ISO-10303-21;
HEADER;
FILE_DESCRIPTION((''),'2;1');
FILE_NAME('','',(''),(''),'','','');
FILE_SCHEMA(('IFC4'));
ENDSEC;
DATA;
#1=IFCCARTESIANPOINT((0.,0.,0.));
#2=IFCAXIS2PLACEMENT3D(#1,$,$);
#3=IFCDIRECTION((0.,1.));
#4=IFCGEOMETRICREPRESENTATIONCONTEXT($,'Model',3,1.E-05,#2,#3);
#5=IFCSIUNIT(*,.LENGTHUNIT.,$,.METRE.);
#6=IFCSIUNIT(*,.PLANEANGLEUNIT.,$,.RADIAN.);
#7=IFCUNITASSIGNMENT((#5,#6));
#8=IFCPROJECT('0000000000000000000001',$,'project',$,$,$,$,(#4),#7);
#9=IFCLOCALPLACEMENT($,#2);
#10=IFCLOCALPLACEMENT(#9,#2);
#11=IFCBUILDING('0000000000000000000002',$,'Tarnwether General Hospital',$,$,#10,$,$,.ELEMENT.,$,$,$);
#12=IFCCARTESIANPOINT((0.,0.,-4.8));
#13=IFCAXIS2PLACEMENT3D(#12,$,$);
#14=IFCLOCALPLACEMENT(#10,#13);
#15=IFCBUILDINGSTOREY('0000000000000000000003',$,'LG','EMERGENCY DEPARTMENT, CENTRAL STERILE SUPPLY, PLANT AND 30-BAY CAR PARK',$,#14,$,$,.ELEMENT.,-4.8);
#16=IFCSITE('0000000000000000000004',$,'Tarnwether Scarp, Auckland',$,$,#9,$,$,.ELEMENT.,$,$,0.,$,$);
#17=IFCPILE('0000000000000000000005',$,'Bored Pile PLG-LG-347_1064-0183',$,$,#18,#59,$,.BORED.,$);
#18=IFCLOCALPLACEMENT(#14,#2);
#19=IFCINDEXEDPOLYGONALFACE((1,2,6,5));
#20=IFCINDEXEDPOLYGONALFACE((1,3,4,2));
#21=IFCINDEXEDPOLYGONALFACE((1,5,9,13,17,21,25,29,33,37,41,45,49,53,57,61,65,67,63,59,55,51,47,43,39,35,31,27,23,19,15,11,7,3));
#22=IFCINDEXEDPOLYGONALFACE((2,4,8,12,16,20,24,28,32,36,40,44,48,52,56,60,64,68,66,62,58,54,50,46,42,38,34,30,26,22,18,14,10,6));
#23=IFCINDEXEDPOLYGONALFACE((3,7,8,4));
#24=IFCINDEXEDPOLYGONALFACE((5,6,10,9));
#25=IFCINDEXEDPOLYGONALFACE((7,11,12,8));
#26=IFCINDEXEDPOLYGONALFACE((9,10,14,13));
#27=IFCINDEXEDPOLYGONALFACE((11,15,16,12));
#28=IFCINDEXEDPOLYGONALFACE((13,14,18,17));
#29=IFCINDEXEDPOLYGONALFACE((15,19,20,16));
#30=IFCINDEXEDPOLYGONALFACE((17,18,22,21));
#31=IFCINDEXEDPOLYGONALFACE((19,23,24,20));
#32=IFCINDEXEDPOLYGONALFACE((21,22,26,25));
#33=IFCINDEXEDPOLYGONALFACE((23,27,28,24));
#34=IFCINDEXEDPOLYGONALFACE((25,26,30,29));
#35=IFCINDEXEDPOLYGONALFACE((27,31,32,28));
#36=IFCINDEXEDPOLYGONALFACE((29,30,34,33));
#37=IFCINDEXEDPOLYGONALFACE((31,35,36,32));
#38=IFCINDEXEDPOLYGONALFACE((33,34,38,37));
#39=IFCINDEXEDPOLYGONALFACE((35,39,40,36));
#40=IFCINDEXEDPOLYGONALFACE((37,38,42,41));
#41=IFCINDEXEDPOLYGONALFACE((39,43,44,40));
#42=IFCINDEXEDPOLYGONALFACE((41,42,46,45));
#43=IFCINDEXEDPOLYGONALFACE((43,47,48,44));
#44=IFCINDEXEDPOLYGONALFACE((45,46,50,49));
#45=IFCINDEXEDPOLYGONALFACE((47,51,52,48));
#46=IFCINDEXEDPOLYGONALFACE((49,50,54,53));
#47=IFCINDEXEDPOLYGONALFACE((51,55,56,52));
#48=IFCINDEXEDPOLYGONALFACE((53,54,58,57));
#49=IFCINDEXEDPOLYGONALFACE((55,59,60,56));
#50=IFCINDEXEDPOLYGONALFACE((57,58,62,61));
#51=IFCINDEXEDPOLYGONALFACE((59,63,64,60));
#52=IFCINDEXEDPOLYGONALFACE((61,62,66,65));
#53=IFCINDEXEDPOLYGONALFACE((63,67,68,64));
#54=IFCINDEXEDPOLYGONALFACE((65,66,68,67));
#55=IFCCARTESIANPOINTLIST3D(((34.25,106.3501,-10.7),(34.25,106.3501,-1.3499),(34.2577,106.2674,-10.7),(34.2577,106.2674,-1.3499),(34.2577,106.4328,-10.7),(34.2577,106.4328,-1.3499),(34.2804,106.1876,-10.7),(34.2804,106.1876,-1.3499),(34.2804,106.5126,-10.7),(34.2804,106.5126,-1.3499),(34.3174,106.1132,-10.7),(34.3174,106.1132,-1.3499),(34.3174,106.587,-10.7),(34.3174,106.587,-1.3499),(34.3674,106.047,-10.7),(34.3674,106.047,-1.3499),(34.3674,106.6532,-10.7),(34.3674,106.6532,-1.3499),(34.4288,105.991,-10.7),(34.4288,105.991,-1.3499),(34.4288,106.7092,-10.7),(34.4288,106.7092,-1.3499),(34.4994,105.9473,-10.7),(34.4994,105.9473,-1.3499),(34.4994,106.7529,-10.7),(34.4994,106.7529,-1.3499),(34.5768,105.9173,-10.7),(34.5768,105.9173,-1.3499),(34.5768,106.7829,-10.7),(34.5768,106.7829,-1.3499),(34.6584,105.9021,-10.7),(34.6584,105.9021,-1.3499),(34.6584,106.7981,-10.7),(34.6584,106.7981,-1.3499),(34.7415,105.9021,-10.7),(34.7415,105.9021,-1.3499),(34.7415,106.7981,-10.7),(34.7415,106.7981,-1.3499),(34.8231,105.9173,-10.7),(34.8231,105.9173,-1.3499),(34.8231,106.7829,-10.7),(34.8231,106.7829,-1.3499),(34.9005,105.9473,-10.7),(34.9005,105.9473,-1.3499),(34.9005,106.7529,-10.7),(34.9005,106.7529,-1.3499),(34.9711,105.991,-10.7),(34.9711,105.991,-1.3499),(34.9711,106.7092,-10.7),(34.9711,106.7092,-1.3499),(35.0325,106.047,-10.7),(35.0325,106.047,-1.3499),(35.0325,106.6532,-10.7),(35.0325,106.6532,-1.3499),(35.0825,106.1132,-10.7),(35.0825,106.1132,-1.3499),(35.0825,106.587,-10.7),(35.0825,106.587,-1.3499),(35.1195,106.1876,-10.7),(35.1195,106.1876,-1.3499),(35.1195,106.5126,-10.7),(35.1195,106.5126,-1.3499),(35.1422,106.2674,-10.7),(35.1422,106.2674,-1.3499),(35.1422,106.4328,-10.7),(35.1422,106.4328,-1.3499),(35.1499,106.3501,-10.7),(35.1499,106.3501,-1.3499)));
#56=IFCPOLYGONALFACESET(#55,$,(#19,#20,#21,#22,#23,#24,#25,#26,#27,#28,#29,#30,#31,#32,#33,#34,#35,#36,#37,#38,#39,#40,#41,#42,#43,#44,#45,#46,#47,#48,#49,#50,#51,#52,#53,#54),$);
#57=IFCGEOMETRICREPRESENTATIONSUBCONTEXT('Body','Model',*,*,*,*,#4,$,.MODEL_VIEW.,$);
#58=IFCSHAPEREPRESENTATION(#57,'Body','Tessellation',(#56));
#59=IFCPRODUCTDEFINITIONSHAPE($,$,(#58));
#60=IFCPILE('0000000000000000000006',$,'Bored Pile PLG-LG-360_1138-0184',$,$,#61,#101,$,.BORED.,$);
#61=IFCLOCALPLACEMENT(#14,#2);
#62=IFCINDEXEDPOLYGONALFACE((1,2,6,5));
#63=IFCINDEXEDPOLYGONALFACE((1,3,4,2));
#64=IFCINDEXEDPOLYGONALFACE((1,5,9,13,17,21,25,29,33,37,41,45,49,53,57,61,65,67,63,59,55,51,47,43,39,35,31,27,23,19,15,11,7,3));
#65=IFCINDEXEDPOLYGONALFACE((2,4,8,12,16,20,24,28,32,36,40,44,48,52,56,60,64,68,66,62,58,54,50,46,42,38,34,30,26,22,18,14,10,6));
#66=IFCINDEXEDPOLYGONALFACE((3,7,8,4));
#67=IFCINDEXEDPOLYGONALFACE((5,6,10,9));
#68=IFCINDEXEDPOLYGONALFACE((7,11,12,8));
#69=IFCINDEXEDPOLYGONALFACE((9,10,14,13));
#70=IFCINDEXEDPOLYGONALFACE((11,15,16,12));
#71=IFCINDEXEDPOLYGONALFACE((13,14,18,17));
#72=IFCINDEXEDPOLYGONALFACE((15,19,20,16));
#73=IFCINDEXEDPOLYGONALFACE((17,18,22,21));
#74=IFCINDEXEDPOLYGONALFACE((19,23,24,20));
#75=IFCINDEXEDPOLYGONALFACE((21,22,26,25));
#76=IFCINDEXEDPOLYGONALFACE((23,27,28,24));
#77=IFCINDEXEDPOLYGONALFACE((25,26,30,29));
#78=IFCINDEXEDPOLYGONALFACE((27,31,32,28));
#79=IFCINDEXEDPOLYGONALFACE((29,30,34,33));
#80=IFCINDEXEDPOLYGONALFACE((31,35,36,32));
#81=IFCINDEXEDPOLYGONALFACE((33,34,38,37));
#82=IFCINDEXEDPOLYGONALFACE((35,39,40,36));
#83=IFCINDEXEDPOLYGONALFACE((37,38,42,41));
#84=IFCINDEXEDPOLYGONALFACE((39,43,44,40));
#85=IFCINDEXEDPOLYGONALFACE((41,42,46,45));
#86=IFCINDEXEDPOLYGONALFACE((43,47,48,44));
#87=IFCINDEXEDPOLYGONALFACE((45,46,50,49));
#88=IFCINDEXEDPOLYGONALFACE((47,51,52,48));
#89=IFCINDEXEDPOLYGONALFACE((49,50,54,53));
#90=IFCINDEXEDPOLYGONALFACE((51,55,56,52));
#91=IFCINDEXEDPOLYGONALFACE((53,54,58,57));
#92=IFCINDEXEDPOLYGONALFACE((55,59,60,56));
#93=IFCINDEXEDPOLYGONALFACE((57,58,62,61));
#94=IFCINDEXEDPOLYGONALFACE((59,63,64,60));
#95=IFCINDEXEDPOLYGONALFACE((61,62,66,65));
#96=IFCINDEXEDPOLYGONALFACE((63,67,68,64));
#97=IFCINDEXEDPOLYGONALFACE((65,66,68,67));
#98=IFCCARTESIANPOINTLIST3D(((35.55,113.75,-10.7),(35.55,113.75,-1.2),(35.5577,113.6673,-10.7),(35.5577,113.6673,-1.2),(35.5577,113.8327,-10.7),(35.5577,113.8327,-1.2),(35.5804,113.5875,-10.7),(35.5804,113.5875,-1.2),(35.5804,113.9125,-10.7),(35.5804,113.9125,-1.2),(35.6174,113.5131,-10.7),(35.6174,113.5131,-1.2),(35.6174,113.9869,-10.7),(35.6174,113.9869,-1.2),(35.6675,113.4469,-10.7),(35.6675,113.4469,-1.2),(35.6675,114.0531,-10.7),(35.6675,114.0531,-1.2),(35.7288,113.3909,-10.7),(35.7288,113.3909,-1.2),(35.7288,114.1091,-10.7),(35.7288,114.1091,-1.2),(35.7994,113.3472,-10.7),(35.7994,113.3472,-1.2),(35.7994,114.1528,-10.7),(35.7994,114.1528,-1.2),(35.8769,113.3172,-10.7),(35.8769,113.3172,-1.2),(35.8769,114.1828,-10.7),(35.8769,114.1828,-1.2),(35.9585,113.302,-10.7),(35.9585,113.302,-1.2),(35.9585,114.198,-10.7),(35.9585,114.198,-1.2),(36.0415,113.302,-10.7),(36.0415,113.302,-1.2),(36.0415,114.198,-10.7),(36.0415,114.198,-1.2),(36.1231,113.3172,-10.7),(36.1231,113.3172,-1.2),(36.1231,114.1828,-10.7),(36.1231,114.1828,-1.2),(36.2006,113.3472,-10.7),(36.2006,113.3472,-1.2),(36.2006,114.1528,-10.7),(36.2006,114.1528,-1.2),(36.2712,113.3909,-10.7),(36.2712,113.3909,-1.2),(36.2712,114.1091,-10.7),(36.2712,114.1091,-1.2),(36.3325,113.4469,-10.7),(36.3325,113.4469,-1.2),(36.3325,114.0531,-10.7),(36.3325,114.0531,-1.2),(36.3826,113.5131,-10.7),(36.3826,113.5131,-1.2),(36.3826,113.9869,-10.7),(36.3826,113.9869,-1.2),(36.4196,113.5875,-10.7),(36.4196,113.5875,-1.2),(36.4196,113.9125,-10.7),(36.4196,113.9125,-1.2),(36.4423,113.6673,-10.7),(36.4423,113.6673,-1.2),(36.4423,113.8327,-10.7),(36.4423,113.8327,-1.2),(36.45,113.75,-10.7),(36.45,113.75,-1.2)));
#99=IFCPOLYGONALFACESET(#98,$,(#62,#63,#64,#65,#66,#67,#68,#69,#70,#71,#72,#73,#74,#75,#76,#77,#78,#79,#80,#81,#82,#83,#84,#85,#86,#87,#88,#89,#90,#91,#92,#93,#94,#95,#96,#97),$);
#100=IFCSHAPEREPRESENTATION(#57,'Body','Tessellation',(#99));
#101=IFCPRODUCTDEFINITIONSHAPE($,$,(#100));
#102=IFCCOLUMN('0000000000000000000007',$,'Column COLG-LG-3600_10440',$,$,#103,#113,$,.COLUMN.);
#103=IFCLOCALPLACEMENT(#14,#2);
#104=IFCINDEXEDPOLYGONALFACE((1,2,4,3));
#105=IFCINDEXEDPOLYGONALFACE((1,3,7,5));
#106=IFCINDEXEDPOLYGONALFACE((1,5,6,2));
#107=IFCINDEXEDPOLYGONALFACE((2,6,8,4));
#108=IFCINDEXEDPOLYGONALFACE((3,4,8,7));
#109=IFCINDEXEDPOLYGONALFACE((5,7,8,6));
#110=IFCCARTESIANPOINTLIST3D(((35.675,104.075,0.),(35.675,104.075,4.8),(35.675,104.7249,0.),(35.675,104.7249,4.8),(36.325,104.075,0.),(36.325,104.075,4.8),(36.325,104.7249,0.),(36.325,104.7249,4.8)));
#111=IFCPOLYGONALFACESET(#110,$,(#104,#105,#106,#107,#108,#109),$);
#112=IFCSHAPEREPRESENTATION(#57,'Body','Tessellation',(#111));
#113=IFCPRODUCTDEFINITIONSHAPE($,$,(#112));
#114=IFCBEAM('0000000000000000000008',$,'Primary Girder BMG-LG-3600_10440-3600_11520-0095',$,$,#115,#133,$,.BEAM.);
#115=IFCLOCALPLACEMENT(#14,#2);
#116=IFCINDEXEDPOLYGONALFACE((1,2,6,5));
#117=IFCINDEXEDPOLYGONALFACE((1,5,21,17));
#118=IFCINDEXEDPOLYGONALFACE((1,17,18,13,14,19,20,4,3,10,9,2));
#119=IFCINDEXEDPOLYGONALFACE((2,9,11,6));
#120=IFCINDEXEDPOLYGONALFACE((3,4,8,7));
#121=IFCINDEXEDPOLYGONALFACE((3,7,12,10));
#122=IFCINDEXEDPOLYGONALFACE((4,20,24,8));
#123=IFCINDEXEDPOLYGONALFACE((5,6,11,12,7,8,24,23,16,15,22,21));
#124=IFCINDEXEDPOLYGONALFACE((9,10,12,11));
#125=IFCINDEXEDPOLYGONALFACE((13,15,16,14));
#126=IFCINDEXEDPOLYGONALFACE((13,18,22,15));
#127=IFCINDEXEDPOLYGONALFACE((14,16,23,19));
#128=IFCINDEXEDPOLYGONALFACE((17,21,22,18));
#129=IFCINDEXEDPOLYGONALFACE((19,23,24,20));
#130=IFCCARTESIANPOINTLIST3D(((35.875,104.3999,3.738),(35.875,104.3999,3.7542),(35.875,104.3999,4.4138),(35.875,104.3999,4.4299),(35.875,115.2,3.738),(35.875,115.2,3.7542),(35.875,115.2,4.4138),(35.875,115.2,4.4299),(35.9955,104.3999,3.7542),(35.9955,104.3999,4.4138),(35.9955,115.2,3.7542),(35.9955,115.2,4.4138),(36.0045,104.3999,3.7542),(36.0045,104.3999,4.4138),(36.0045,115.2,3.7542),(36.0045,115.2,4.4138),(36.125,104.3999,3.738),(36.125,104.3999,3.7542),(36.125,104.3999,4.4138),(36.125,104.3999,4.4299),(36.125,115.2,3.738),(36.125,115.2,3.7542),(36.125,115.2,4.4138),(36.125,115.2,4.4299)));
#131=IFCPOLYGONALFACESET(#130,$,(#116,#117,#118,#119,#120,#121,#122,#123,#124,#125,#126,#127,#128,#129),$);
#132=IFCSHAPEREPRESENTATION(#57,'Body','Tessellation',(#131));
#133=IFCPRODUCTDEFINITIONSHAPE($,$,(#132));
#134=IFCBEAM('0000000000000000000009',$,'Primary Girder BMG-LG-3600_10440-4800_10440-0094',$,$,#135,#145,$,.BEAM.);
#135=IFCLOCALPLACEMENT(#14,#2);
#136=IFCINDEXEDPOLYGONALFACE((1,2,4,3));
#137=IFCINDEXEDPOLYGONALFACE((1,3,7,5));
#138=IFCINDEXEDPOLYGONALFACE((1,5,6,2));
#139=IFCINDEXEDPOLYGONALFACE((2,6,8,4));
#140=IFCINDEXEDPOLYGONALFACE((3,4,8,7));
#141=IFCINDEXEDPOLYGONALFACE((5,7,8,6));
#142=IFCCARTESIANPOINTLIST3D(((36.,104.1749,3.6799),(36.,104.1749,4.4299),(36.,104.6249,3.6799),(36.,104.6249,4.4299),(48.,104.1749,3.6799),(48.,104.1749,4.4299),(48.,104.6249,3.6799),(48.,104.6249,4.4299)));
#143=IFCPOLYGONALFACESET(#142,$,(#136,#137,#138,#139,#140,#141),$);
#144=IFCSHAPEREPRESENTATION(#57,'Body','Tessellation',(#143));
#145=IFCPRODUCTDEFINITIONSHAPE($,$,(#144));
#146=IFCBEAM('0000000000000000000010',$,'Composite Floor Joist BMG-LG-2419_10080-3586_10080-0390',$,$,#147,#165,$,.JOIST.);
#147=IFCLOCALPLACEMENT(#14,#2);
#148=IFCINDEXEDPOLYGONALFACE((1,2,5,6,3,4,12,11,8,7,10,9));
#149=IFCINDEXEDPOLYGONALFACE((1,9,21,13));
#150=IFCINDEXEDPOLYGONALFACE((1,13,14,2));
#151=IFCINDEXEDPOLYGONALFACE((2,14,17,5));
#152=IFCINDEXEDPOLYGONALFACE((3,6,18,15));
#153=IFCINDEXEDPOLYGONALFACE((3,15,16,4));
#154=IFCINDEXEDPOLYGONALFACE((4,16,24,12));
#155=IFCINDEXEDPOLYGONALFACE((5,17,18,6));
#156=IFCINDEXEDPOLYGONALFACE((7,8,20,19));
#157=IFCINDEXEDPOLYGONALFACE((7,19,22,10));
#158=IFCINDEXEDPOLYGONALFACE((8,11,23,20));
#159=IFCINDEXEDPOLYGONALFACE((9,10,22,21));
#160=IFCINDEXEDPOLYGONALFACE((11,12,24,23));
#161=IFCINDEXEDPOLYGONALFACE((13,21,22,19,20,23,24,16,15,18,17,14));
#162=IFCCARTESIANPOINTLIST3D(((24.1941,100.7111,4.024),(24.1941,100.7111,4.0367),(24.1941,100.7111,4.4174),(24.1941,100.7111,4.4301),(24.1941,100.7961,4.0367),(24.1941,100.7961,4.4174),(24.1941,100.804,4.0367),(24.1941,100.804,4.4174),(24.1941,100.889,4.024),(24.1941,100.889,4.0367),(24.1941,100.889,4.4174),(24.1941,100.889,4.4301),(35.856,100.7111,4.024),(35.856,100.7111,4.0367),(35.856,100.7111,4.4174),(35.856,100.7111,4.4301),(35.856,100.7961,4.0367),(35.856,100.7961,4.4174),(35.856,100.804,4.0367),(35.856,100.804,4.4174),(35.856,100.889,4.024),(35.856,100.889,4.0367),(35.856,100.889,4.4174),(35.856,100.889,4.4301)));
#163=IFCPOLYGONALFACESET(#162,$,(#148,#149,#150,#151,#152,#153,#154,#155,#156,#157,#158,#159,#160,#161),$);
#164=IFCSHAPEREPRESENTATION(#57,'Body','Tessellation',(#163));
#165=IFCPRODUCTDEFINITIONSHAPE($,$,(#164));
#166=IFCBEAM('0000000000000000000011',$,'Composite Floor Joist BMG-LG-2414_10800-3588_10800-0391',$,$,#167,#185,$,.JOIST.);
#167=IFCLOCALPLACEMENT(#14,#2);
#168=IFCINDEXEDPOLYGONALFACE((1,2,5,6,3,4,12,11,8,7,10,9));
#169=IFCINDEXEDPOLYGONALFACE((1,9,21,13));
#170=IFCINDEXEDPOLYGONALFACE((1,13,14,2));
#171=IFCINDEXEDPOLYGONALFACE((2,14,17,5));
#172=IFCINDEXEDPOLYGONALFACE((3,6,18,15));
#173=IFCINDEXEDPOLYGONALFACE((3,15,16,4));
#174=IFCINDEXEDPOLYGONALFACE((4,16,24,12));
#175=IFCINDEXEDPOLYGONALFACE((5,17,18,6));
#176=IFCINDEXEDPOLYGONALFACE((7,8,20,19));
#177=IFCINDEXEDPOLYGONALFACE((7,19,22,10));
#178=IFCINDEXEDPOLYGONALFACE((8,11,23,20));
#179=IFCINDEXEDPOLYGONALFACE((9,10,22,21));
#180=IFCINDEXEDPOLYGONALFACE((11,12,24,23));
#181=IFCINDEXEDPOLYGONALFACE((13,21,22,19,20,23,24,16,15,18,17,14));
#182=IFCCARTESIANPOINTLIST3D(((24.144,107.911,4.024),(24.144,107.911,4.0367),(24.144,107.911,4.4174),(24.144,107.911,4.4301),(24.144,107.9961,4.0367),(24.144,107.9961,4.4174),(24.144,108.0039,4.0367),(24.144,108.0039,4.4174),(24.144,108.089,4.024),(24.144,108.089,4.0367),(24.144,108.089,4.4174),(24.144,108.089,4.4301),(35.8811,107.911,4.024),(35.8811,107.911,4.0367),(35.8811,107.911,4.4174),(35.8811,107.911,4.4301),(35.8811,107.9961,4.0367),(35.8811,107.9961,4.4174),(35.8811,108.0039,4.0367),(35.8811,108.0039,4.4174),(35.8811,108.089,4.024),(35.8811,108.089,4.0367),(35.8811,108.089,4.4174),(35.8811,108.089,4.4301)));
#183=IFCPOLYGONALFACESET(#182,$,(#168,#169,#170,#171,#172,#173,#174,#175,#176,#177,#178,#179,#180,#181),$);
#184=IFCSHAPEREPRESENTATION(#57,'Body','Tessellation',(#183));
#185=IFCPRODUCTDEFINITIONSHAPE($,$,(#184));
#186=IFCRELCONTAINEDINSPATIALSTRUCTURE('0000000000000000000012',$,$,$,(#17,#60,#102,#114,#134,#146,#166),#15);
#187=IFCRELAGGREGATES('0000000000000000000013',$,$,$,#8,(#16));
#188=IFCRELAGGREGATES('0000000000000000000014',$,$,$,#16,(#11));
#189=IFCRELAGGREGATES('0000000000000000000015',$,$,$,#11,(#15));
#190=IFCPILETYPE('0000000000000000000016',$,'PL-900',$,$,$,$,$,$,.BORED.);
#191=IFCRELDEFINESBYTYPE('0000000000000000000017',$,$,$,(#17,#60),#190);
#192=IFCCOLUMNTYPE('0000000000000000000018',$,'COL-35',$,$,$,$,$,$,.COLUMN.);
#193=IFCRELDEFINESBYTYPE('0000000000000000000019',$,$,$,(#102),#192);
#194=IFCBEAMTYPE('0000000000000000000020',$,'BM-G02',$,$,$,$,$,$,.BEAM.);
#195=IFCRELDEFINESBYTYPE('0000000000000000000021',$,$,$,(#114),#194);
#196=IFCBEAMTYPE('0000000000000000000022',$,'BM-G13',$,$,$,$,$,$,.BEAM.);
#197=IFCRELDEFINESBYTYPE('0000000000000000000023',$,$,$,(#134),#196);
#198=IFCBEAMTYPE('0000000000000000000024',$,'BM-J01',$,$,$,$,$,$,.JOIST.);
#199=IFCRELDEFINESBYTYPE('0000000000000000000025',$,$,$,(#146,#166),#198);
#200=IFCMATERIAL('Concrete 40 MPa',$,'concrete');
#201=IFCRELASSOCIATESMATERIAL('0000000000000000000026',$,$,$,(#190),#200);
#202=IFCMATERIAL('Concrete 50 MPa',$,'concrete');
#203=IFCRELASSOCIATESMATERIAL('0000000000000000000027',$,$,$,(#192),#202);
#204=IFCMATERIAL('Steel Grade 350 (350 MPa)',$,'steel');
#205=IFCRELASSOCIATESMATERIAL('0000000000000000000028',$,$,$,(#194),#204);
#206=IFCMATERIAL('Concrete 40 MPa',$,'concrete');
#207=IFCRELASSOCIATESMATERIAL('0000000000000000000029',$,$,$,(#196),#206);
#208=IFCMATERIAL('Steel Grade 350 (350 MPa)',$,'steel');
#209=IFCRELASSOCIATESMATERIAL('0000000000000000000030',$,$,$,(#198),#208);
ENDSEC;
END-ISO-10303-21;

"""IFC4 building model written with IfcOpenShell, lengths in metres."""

from ifc_helpers import new_model, si_unit, direction, frame, origin, origin_2d, place, context, subcontext, project, spatial, rectangle, circle, i_section, extrude, material, material_profile, profile_set, type_object, element, save


model = new_model("IFC4")

# Units and contexts
model_context = context("Model", 3, precision=1e-05, world=origin(), true_north=direction((0.0, 1.0)))
body_context = subcontext(model_context, "Body", "Model", "MODEL_VIEW")
ifc_project = project(units=[si_unit("LENGTHUNIT", "METRE"), si_unit("PLANEANGLEUNIT", "RADIAN")], contexts=[model_context])

# Site, building, storey
site_placement = place(None, origin())
site = spatial("IfcSite", under=ifc_project, at=site_placement, Name="Tarnwether Scarp, Auckland", CompositionType="ELEMENT", RefElevation=0.0)
building_placement = place(site_placement, origin())
building = spatial("IfcBuilding", under=site, at=building_placement, Name="Tarnwether General Hospital", CompositionType="ELEMENT")
storey_placement = place(building_placement, frame((0.0, 0.0, -4.8)))
storey = spatial("IfcBuildingStorey", under=building, at=storey_placement, Name="LG", Description="EMERGENCY DEPARTMENT, CENTRAL STERILE SUPPLY, PLANT AND 30-BAY CAR PARK", CompositionType="ELEMENT", Elevation=-4.8)

# Piles
ifc_material_1 = material(Name="Concrete 40 MPa", Category="concrete")
ifc_material_profile_1 = material_profile(ifc_material_1, circle(Radius=0.45, at=origin_2d()), Name="PILE-D900")
ifc_profile_set_1 = profile_set([ifc_material_profile_1], Name="Concrete 40 MPa")
pile_type_1 = type_object("IfcPileType", Name="PL-900", PredefinedType="BORED", material=ifc_profile_set_1)
for number, where, z_axis, x_axis, name in (
    (1, (34.7, 106.3501, -1.3499), (0.0, 0.0, -1.0), (1.0, 0.0, 0.0), "Bored Pile PLG-LG-347_1064-0183"),
):
    element("IfcPile", number, at=place(storey_placement, frame(where, z_axis=z_axis, x_axis=x_axis)), inside=storey, type_object=pile_type_1, Name=name, PredefinedType="BORED", context=body_context, shape_type="SweptSolid", body=[
        extrude(circle(Radius=0.45, at=origin_2d()), origin(), (0.0, 0.0, 1.0), 9.3501),
    ])
pile_1_placement = place(storey_placement, frame((36.0, 113.75, -1.2), z_axis=(0.0, 0.0, -1.0), x_axis=(1.0, 0.0, 0.0)))
element("IfcPile", 2, at=pile_1_placement, inside=storey, type_object=pile_type_1, Name="Bored Pile PLG-LG-360_1138-0184", PredefinedType="BORED", context=body_context, shape_type="SweptSolid", body=[
    extrude(circle(Radius=0.45, at=origin_2d()), origin(), (0.0, 0.0, 1.0), 9.5),
])

# Column
ifc_material_2 = material(Name="Concrete 50 MPa", Category="concrete")
ifc_material_profile_2 = material_profile(ifc_material_2, rectangle(XDim=0.6499, YDim=0.6499, at=origin_2d()), Name="RC-COL-650x650")
ifc_profile_set_2 = profile_set([ifc_material_profile_2], Name="Concrete 50 MPa")
column_type = type_object("IfcColumnType", Name="COL-35", PredefinedType="COLUMN", material=ifc_profile_set_2)
column_placement = place(storey_placement, frame((36.0, 104.3999, 0.0), z_axis=(0.0, 0.0, 1.0), x_axis=(0.0, 1.0, 0.0)))
element("IfcColumn", 3, at=column_placement, inside=storey, type_object=column_type, Name="Column COLG-LG-3600_10440", PredefinedType="COLUMN", context=body_context, shape_type="SweptSolid", body=[
    extrude(rectangle(XDim=0.6499, YDim=0.6499, at=origin_2d()), origin(), (0.0, 0.0, 1.0), 4.8),
])

# Beams
ifc_material_3 = material(Name="Steel Grade 350 (350 MPa)", Category="steel")
ifc_material_profile_3 = material_profile(ifc_material_3, i_section(OverallWidth=0.25, OverallDepth=0.6919, WebThickness=0.009, FlangeThickness=0.0161, at=origin_2d()), Name="700WB115")
ifc_profile_set_3 = profile_set([ifc_material_profile_3], Name="Steel Grade 350 (350 MPa)")
beam_type_1 = type_object("IfcBeamType", Name="BM-G02", PredefinedType="BEAM", material=ifc_profile_set_3)
beam_1_placement = place(storey_placement, frame((36.0, 104.3999, 4.084), z_axis=(0.0, 1.0, 0.0), x_axis=(-1.0, 0.0, 0.0)))
element("IfcBeam", 4, at=beam_1_placement, inside=storey, type_object=beam_type_1, Name="Primary Girder BMG-LG-3600_10440-3600_11520-0095", PredefinedType="BEAM", context=body_context, shape_type="SweptSolid", body=[
    extrude(i_section(OverallWidth=0.25, OverallDepth=0.6919, WebThickness=0.009, FlangeThickness=0.0161, at=origin_2d()), origin(), (0.0, 0.0, 1.0), 10.8),
])
ifc_material_4 = material(Name="Concrete 40 MPa", Category="concrete")
ifc_material_profile_4 = material_profile(ifc_material_4, rectangle(XDim=0.45, YDim=0.75, at=origin_2d()), Name="RC-BM-450x750")
ifc_profile_set_4 = profile_set([ifc_material_profile_4], Name="Concrete 40 MPa")
beam_type_2 = type_object("IfcBeamType", Name="BM-G13", PredefinedType="BEAM", material=ifc_profile_set_4)
beam_2_placement = place(storey_placement, frame((36.0, 104.3999, 4.0549), z_axis=(1.0, 0.0, 0.0), x_axis=(0.0, 1.0, 0.0)))
element("IfcBeam", 5, at=beam_2_placement, inside=storey, type_object=beam_type_2, Name="Primary Girder BMG-LG-3600_10440-4800_10440-0094", PredefinedType="BEAM", context=body_context, shape_type="SweptSolid", body=[
    extrude(rectangle(XDim=0.45, YDim=0.75, at=origin_2d()), origin(), (0.0, 0.0, 1.0), 12.0),
])
ifc_material_5 = material(Name="Steel Grade 350 (350 MPa)", Category="steel")
ifc_material_profile_5 = material_profile(ifc_material_5, i_section(OverallWidth=0.178, OverallDepth=0.406, WebThickness=0.0078, FlangeThickness=0.0127, at=origin_2d()), Name="410UB59.7")
ifc_profile_set_5 = profile_set([ifc_material_profile_5], Name="Steel Grade 350 (350 MPa)")
beam_type_3 = type_object("IfcBeamType", Name="BM-J01", PredefinedType="JOIST", material=ifc_profile_set_5)
beam_3_placement = place(storey_placement, frame((24.1941, 100.8, 4.2271), z_axis=(1.0, 0.0, 0.0), x_axis=(0.0, 1.0, 0.0)))
element("IfcBeam", 6, at=beam_3_placement, inside=storey, type_object=beam_type_3, Name="Composite Floor Joist BMG-LG-2419_10080-3586_10080-0390", PredefinedType="JOIST", context=body_context, shape_type="SweptSolid", body=[
    extrude(i_section(OverallWidth=0.178, OverallDepth=0.406, WebThickness=0.0078, FlangeThickness=0.0127, at=origin_2d()), origin(), (0.0, 0.0, 1.0), 11.6619),
])
for number, where, z_axis, x_axis, name in (
    (7, (24.144, 108.0, 4.2271), (1.0, 0.0, 0.0), (0.0, 1.0, 0.0), "Composite Floor Joist BMG-LG-2414_10800-3588_10800-0391"),
):
    element("IfcBeam", number, at=place(storey_placement, frame(where, z_axis=z_axis, x_axis=x_axis)), inside=storey, type_object=beam_type_3, Name=name, PredefinedType="JOIST", context=body_context, shape_type="SweptSolid", body=[
        extrude(i_section(OverallWidth=0.178, OverallDepth=0.406, WebThickness=0.0078, FlangeThickness=0.0127, at=origin_2d()), origin(), (0.0, 0.0, 1.0), 11.7371),
    ])

save(model, "model.ifc")
